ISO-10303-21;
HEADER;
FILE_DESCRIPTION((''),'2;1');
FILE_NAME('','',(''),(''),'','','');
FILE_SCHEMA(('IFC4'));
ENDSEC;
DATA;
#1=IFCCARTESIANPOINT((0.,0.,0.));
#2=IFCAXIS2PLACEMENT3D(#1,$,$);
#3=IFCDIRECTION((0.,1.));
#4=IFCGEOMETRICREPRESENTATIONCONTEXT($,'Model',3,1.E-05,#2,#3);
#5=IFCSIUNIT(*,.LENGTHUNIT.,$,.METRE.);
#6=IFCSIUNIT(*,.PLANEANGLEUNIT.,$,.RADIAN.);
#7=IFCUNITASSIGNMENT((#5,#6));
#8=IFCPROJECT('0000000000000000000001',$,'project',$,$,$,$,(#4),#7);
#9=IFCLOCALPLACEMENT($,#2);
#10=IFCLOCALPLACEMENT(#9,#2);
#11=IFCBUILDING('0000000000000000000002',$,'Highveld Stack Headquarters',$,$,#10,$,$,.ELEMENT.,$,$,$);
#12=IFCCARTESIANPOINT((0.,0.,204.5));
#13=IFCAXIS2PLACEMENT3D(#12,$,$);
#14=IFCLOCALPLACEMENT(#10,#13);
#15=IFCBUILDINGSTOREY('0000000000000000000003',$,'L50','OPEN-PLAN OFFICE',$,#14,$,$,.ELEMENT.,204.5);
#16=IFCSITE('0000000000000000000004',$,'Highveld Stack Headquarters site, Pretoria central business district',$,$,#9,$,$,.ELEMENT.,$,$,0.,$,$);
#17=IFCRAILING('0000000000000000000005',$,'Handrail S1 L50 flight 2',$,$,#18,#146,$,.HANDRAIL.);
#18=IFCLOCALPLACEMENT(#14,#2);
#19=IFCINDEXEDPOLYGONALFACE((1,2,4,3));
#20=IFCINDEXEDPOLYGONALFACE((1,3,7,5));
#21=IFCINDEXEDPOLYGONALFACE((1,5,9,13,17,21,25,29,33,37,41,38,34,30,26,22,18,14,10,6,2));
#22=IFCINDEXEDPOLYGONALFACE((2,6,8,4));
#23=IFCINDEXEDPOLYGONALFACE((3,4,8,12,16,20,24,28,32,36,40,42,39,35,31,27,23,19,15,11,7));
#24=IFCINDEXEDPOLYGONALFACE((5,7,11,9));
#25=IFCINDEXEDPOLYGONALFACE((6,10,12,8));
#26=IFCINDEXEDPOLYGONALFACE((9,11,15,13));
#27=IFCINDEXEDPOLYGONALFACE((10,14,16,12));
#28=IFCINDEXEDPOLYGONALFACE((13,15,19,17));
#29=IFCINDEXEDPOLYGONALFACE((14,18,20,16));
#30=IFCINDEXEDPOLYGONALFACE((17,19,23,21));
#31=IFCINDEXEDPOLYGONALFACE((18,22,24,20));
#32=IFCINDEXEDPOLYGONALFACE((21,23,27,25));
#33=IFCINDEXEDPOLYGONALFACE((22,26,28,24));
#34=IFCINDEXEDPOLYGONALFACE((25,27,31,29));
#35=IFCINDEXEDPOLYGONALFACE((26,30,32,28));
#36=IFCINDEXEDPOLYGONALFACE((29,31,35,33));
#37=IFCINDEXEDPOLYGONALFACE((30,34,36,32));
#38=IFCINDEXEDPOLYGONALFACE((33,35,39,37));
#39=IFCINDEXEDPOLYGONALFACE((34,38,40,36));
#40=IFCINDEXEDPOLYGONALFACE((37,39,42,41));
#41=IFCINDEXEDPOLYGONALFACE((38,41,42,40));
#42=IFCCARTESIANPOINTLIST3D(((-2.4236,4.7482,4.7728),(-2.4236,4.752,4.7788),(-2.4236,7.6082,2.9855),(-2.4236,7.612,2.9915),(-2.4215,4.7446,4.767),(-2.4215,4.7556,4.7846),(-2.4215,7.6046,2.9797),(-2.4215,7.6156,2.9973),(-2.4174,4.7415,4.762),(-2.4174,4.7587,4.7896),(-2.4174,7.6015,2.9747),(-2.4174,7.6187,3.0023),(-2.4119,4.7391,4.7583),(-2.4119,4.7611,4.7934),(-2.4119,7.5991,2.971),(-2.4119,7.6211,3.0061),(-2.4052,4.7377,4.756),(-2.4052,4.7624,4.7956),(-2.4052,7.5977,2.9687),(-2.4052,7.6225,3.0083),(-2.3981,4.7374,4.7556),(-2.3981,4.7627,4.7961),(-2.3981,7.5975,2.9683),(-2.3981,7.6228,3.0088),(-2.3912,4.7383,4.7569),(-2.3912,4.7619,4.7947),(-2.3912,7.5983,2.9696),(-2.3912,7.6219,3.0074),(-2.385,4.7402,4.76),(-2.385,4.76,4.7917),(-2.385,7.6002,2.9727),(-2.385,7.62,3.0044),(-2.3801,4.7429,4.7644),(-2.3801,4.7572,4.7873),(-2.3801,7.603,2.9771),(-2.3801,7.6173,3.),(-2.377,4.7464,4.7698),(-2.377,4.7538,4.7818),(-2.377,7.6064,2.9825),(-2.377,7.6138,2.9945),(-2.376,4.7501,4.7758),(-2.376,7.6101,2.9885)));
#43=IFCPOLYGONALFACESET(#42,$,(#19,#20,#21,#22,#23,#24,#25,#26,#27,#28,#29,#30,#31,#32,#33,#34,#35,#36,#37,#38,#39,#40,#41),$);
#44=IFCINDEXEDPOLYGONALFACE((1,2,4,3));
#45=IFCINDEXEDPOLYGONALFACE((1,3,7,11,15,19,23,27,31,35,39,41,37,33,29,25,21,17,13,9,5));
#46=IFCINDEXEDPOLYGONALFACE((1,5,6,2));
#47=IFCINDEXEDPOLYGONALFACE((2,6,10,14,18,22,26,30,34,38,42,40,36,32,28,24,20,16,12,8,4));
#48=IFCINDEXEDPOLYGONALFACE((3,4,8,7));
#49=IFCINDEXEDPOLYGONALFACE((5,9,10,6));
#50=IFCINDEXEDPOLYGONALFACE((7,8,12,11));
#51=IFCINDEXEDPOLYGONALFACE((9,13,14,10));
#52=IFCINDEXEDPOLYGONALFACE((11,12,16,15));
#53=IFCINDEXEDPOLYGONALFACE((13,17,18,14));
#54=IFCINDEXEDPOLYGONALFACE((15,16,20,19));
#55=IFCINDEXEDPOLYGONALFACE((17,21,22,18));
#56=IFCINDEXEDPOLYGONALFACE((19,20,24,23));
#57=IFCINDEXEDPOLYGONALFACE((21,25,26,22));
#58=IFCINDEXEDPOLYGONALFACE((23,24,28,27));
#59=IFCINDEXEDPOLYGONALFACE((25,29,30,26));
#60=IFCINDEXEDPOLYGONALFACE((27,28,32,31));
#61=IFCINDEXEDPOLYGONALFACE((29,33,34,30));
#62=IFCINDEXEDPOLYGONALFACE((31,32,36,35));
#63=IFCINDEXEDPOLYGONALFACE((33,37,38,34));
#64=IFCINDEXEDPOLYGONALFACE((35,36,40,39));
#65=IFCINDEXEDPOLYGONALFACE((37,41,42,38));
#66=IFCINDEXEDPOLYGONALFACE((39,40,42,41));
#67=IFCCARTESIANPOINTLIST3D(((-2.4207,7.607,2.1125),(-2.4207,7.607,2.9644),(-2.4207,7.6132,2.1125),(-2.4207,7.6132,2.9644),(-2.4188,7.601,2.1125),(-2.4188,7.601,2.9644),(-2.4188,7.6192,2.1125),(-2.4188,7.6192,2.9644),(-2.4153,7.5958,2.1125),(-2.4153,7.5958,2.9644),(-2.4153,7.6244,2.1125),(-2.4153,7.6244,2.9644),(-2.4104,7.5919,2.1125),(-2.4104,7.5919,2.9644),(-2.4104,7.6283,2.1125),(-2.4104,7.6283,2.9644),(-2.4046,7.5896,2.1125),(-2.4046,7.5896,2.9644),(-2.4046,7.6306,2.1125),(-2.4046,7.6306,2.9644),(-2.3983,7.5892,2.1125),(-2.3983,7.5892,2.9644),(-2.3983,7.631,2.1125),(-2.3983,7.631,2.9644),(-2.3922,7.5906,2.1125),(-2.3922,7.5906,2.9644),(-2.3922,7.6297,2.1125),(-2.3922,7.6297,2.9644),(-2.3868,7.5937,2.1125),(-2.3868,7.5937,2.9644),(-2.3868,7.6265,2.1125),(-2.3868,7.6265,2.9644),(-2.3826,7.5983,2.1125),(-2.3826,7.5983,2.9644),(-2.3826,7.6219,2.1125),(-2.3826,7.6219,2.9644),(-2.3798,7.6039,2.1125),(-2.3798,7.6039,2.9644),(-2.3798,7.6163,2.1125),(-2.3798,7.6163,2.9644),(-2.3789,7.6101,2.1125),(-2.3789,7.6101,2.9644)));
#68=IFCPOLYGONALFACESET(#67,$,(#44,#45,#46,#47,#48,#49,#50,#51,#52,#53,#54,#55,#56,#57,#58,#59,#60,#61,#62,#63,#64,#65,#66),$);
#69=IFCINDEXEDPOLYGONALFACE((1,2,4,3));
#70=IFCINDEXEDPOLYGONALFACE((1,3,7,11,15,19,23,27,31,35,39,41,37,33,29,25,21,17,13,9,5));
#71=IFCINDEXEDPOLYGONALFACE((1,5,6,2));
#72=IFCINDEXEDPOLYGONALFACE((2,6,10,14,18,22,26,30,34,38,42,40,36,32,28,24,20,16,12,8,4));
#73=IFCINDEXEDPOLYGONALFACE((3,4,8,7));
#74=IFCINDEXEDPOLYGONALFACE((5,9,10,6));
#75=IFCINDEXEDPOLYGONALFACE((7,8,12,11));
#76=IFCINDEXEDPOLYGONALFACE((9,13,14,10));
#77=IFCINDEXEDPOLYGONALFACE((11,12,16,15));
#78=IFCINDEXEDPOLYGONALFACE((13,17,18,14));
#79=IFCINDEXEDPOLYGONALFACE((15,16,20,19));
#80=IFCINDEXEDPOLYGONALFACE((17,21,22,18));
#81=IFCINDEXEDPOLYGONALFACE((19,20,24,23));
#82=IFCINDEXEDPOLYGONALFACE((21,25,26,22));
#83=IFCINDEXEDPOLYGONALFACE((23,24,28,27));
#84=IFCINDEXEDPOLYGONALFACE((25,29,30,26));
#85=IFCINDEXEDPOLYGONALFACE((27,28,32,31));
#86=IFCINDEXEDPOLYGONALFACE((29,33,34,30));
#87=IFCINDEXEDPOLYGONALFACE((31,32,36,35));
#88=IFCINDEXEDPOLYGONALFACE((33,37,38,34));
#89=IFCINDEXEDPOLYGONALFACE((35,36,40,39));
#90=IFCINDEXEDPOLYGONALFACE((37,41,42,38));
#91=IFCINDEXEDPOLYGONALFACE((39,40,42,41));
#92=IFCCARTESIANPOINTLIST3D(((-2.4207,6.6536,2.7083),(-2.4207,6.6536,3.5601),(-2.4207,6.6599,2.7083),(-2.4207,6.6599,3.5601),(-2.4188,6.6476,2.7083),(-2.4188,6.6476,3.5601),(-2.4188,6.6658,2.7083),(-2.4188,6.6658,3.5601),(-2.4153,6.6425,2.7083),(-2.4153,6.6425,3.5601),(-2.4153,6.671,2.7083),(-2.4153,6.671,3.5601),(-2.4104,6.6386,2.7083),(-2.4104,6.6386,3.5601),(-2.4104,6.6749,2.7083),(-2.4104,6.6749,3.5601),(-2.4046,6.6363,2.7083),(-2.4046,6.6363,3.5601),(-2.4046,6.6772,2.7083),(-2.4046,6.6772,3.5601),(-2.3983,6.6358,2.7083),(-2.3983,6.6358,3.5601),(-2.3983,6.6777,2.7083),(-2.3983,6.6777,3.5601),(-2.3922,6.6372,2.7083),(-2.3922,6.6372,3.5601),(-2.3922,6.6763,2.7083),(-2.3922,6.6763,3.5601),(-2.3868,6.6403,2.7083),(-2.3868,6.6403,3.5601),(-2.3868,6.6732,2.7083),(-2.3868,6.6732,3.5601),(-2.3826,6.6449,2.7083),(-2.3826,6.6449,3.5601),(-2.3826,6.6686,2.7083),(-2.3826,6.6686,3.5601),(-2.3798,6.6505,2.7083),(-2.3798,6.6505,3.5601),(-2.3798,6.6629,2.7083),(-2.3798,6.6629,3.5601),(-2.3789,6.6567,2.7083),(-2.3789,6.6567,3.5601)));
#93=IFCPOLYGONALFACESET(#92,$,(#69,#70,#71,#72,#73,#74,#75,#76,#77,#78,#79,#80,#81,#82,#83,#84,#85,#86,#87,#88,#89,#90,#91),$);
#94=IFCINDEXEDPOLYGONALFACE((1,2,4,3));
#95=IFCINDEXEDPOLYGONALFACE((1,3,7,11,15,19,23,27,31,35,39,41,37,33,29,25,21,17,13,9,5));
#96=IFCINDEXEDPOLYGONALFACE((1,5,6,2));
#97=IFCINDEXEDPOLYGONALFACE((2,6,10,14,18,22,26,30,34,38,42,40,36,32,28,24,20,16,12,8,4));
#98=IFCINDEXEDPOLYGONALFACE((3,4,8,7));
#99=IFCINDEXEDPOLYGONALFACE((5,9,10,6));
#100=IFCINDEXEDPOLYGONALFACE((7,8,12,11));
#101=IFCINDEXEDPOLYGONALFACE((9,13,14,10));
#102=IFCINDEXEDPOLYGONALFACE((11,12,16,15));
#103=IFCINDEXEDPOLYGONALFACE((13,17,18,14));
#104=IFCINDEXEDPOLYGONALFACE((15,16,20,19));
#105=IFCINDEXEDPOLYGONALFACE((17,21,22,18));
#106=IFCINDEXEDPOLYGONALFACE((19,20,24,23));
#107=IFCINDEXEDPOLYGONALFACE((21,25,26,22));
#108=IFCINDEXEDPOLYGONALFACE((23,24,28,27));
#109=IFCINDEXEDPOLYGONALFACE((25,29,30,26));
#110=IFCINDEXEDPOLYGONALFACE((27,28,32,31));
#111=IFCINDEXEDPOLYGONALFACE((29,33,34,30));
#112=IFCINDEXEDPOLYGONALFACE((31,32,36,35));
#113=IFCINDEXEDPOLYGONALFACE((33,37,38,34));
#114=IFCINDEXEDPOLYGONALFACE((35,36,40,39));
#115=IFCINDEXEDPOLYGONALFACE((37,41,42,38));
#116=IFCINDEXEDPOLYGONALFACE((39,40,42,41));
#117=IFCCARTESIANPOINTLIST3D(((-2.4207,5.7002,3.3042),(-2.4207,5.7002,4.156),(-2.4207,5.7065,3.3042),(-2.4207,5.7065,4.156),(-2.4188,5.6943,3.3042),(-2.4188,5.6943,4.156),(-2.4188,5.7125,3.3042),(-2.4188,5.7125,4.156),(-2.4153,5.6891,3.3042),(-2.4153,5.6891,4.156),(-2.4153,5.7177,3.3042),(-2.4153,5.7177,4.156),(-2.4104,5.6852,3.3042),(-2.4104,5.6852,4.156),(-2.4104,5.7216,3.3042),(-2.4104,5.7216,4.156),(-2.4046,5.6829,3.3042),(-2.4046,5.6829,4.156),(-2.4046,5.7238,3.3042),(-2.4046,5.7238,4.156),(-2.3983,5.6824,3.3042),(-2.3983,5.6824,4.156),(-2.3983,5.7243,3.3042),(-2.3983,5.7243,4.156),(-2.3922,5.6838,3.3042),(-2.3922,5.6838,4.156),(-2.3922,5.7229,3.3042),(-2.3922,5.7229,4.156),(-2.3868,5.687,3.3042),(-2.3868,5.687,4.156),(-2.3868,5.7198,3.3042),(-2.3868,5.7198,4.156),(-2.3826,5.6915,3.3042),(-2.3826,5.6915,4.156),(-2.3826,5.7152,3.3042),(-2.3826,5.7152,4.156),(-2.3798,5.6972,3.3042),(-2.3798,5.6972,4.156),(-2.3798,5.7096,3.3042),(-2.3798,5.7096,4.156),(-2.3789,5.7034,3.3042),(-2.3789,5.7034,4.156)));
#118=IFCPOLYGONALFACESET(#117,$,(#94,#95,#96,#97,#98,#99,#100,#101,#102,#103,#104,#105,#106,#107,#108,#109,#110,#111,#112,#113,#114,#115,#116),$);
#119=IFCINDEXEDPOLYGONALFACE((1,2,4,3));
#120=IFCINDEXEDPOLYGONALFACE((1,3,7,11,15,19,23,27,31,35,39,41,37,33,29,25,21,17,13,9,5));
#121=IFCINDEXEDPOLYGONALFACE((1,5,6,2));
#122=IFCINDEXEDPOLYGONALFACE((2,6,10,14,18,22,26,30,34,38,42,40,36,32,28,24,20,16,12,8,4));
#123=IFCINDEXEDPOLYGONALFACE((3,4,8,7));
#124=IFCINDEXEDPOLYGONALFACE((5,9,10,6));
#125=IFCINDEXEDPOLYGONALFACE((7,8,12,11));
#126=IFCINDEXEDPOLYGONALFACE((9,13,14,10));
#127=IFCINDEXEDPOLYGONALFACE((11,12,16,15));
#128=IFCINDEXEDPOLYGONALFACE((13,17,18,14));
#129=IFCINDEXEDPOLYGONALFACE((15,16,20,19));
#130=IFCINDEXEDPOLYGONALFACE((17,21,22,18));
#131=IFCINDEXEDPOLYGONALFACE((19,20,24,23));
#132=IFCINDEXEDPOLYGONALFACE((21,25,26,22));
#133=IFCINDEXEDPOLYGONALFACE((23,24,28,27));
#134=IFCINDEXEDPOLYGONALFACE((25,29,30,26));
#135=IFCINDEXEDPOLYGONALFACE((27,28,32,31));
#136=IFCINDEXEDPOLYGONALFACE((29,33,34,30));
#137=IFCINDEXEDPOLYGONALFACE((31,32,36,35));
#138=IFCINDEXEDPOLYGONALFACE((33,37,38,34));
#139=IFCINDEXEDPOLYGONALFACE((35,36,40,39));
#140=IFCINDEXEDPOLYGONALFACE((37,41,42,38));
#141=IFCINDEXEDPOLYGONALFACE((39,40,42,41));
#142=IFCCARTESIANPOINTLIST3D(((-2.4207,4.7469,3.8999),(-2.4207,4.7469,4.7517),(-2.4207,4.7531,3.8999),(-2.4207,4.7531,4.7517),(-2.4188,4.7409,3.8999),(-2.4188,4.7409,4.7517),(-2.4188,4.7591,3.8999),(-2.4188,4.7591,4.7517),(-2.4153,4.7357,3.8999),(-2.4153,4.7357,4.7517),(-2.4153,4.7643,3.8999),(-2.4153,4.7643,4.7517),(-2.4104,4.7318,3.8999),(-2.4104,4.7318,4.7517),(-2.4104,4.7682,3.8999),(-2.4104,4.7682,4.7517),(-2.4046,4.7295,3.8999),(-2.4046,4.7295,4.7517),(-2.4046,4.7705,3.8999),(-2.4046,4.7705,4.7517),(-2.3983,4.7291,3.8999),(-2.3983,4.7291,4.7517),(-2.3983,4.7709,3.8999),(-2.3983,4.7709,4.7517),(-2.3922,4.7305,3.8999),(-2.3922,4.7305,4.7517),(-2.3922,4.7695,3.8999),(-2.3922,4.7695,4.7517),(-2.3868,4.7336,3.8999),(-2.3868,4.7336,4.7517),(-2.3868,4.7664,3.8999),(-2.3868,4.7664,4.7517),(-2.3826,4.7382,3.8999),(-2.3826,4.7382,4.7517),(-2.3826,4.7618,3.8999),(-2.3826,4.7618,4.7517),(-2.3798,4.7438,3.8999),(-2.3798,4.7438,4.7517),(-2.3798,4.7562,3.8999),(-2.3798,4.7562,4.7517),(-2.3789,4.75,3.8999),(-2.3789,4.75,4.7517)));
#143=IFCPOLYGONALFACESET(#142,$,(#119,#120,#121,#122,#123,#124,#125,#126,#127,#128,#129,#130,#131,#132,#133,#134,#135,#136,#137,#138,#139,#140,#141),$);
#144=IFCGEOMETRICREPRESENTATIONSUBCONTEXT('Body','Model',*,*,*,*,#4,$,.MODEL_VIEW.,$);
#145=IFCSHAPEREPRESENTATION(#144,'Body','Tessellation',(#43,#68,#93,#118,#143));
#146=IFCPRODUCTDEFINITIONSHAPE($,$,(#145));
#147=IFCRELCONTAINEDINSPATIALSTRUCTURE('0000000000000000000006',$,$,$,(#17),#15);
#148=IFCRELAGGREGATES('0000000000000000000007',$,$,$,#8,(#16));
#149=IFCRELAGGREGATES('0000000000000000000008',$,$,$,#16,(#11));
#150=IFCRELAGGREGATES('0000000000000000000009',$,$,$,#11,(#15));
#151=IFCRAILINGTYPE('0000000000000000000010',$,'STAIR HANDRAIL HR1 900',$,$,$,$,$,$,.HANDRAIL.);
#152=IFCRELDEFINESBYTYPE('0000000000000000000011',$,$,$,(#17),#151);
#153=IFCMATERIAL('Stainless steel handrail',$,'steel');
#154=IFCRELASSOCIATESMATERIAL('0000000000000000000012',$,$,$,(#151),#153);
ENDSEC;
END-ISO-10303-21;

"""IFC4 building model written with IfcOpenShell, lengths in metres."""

from ifc_helpers import new_model, si_unit, direction, frame, origin, origin_2d, place, context, subcontext, project, spatial, circle, extrude, material, type_object, element, save


model = new_model("IFC4")

# Units and contexts
model_context = context("Model", 3, precision=1e-05, world=origin(), true_north=direction((0.0, 1.0)))
body_context = subcontext(model_context, "Body", "Model", "MODEL_VIEW")
ifc_project = project(units=[si_unit("LENGTHUNIT", "METRE"), si_unit("PLANEANGLEUNIT", "RADIAN")], contexts=[model_context])

# Site, building, storey
site_placement = place(None, origin())
site = spatial("IfcSite", under=ifc_project, at=site_placement, Name="Highveld Stack Headquarters site, Pretoria central business district", CompositionType="ELEMENT", RefElevation=0.0)
building_placement = place(site_placement, origin())
building = spatial("IfcBuilding", under=site, at=building_placement, Name="Highveld Stack Headquarters", CompositionType="ELEMENT")
storey_placement = place(building_placement, frame((0.0, 0.0, 204.5)))
storey = spatial("IfcBuildingStorey", under=building, at=storey_placement, Name="L50", Description="OPEN-PLAN OFFICE", CompositionType="ELEMENT", Elevation=204.5)

# Railing
ifc_material_1 = material(Name="Stainless steel handrail", Category="steel")
railing_type = type_object("IfcRailingType", Name="STAIR HANDRAIL HR1 900", PredefinedType="HANDRAIL", material=ifc_material_1)
for number, where, name in (
    (1, (-2.3999, 7.6101, 2.1125), "Handrail S1 L50 flight 2"),
):
    element("IfcRailing", number, at=place(storey_placement, frame(where)), inside=storey, type_object=railing_type, Name=name, PredefinedType="HANDRAIL", context=body_context, shape_type="SweptSolid", body=[
        extrude(circle(Radius=0.0239, at=origin_2d()), frame((0.0, 0.0, 0.876), z_axis=(0.0, -0.848027, 0.529953), x_axis=(1.0, 0.0, 0.0)), (0.0, 0.0, 1.0), 3.3726),
        extrude(circle(Radius=0.021, at=origin_2d()), origin(), (0.0, 0.0, 1.0), 0.8518),
        extrude(circle(Radius=0.021, at=origin_2d()), frame((0.0, -0.9534, 0.5957)), (0.0, 0.0, 1.0), 0.8518),
        extrude(circle(Radius=0.021, at=origin_2d()), frame((0.0, -1.9067, 1.1917)), (0.0, 0.0, 1.0), 0.8518),
        extrude(circle(Radius=0.021, at=origin_2d()), frame((0.0, -2.8601, 1.7874)), (0.0, 0.0, 1.0), 0.8518),
    ])

save(model, "model.ifc")
